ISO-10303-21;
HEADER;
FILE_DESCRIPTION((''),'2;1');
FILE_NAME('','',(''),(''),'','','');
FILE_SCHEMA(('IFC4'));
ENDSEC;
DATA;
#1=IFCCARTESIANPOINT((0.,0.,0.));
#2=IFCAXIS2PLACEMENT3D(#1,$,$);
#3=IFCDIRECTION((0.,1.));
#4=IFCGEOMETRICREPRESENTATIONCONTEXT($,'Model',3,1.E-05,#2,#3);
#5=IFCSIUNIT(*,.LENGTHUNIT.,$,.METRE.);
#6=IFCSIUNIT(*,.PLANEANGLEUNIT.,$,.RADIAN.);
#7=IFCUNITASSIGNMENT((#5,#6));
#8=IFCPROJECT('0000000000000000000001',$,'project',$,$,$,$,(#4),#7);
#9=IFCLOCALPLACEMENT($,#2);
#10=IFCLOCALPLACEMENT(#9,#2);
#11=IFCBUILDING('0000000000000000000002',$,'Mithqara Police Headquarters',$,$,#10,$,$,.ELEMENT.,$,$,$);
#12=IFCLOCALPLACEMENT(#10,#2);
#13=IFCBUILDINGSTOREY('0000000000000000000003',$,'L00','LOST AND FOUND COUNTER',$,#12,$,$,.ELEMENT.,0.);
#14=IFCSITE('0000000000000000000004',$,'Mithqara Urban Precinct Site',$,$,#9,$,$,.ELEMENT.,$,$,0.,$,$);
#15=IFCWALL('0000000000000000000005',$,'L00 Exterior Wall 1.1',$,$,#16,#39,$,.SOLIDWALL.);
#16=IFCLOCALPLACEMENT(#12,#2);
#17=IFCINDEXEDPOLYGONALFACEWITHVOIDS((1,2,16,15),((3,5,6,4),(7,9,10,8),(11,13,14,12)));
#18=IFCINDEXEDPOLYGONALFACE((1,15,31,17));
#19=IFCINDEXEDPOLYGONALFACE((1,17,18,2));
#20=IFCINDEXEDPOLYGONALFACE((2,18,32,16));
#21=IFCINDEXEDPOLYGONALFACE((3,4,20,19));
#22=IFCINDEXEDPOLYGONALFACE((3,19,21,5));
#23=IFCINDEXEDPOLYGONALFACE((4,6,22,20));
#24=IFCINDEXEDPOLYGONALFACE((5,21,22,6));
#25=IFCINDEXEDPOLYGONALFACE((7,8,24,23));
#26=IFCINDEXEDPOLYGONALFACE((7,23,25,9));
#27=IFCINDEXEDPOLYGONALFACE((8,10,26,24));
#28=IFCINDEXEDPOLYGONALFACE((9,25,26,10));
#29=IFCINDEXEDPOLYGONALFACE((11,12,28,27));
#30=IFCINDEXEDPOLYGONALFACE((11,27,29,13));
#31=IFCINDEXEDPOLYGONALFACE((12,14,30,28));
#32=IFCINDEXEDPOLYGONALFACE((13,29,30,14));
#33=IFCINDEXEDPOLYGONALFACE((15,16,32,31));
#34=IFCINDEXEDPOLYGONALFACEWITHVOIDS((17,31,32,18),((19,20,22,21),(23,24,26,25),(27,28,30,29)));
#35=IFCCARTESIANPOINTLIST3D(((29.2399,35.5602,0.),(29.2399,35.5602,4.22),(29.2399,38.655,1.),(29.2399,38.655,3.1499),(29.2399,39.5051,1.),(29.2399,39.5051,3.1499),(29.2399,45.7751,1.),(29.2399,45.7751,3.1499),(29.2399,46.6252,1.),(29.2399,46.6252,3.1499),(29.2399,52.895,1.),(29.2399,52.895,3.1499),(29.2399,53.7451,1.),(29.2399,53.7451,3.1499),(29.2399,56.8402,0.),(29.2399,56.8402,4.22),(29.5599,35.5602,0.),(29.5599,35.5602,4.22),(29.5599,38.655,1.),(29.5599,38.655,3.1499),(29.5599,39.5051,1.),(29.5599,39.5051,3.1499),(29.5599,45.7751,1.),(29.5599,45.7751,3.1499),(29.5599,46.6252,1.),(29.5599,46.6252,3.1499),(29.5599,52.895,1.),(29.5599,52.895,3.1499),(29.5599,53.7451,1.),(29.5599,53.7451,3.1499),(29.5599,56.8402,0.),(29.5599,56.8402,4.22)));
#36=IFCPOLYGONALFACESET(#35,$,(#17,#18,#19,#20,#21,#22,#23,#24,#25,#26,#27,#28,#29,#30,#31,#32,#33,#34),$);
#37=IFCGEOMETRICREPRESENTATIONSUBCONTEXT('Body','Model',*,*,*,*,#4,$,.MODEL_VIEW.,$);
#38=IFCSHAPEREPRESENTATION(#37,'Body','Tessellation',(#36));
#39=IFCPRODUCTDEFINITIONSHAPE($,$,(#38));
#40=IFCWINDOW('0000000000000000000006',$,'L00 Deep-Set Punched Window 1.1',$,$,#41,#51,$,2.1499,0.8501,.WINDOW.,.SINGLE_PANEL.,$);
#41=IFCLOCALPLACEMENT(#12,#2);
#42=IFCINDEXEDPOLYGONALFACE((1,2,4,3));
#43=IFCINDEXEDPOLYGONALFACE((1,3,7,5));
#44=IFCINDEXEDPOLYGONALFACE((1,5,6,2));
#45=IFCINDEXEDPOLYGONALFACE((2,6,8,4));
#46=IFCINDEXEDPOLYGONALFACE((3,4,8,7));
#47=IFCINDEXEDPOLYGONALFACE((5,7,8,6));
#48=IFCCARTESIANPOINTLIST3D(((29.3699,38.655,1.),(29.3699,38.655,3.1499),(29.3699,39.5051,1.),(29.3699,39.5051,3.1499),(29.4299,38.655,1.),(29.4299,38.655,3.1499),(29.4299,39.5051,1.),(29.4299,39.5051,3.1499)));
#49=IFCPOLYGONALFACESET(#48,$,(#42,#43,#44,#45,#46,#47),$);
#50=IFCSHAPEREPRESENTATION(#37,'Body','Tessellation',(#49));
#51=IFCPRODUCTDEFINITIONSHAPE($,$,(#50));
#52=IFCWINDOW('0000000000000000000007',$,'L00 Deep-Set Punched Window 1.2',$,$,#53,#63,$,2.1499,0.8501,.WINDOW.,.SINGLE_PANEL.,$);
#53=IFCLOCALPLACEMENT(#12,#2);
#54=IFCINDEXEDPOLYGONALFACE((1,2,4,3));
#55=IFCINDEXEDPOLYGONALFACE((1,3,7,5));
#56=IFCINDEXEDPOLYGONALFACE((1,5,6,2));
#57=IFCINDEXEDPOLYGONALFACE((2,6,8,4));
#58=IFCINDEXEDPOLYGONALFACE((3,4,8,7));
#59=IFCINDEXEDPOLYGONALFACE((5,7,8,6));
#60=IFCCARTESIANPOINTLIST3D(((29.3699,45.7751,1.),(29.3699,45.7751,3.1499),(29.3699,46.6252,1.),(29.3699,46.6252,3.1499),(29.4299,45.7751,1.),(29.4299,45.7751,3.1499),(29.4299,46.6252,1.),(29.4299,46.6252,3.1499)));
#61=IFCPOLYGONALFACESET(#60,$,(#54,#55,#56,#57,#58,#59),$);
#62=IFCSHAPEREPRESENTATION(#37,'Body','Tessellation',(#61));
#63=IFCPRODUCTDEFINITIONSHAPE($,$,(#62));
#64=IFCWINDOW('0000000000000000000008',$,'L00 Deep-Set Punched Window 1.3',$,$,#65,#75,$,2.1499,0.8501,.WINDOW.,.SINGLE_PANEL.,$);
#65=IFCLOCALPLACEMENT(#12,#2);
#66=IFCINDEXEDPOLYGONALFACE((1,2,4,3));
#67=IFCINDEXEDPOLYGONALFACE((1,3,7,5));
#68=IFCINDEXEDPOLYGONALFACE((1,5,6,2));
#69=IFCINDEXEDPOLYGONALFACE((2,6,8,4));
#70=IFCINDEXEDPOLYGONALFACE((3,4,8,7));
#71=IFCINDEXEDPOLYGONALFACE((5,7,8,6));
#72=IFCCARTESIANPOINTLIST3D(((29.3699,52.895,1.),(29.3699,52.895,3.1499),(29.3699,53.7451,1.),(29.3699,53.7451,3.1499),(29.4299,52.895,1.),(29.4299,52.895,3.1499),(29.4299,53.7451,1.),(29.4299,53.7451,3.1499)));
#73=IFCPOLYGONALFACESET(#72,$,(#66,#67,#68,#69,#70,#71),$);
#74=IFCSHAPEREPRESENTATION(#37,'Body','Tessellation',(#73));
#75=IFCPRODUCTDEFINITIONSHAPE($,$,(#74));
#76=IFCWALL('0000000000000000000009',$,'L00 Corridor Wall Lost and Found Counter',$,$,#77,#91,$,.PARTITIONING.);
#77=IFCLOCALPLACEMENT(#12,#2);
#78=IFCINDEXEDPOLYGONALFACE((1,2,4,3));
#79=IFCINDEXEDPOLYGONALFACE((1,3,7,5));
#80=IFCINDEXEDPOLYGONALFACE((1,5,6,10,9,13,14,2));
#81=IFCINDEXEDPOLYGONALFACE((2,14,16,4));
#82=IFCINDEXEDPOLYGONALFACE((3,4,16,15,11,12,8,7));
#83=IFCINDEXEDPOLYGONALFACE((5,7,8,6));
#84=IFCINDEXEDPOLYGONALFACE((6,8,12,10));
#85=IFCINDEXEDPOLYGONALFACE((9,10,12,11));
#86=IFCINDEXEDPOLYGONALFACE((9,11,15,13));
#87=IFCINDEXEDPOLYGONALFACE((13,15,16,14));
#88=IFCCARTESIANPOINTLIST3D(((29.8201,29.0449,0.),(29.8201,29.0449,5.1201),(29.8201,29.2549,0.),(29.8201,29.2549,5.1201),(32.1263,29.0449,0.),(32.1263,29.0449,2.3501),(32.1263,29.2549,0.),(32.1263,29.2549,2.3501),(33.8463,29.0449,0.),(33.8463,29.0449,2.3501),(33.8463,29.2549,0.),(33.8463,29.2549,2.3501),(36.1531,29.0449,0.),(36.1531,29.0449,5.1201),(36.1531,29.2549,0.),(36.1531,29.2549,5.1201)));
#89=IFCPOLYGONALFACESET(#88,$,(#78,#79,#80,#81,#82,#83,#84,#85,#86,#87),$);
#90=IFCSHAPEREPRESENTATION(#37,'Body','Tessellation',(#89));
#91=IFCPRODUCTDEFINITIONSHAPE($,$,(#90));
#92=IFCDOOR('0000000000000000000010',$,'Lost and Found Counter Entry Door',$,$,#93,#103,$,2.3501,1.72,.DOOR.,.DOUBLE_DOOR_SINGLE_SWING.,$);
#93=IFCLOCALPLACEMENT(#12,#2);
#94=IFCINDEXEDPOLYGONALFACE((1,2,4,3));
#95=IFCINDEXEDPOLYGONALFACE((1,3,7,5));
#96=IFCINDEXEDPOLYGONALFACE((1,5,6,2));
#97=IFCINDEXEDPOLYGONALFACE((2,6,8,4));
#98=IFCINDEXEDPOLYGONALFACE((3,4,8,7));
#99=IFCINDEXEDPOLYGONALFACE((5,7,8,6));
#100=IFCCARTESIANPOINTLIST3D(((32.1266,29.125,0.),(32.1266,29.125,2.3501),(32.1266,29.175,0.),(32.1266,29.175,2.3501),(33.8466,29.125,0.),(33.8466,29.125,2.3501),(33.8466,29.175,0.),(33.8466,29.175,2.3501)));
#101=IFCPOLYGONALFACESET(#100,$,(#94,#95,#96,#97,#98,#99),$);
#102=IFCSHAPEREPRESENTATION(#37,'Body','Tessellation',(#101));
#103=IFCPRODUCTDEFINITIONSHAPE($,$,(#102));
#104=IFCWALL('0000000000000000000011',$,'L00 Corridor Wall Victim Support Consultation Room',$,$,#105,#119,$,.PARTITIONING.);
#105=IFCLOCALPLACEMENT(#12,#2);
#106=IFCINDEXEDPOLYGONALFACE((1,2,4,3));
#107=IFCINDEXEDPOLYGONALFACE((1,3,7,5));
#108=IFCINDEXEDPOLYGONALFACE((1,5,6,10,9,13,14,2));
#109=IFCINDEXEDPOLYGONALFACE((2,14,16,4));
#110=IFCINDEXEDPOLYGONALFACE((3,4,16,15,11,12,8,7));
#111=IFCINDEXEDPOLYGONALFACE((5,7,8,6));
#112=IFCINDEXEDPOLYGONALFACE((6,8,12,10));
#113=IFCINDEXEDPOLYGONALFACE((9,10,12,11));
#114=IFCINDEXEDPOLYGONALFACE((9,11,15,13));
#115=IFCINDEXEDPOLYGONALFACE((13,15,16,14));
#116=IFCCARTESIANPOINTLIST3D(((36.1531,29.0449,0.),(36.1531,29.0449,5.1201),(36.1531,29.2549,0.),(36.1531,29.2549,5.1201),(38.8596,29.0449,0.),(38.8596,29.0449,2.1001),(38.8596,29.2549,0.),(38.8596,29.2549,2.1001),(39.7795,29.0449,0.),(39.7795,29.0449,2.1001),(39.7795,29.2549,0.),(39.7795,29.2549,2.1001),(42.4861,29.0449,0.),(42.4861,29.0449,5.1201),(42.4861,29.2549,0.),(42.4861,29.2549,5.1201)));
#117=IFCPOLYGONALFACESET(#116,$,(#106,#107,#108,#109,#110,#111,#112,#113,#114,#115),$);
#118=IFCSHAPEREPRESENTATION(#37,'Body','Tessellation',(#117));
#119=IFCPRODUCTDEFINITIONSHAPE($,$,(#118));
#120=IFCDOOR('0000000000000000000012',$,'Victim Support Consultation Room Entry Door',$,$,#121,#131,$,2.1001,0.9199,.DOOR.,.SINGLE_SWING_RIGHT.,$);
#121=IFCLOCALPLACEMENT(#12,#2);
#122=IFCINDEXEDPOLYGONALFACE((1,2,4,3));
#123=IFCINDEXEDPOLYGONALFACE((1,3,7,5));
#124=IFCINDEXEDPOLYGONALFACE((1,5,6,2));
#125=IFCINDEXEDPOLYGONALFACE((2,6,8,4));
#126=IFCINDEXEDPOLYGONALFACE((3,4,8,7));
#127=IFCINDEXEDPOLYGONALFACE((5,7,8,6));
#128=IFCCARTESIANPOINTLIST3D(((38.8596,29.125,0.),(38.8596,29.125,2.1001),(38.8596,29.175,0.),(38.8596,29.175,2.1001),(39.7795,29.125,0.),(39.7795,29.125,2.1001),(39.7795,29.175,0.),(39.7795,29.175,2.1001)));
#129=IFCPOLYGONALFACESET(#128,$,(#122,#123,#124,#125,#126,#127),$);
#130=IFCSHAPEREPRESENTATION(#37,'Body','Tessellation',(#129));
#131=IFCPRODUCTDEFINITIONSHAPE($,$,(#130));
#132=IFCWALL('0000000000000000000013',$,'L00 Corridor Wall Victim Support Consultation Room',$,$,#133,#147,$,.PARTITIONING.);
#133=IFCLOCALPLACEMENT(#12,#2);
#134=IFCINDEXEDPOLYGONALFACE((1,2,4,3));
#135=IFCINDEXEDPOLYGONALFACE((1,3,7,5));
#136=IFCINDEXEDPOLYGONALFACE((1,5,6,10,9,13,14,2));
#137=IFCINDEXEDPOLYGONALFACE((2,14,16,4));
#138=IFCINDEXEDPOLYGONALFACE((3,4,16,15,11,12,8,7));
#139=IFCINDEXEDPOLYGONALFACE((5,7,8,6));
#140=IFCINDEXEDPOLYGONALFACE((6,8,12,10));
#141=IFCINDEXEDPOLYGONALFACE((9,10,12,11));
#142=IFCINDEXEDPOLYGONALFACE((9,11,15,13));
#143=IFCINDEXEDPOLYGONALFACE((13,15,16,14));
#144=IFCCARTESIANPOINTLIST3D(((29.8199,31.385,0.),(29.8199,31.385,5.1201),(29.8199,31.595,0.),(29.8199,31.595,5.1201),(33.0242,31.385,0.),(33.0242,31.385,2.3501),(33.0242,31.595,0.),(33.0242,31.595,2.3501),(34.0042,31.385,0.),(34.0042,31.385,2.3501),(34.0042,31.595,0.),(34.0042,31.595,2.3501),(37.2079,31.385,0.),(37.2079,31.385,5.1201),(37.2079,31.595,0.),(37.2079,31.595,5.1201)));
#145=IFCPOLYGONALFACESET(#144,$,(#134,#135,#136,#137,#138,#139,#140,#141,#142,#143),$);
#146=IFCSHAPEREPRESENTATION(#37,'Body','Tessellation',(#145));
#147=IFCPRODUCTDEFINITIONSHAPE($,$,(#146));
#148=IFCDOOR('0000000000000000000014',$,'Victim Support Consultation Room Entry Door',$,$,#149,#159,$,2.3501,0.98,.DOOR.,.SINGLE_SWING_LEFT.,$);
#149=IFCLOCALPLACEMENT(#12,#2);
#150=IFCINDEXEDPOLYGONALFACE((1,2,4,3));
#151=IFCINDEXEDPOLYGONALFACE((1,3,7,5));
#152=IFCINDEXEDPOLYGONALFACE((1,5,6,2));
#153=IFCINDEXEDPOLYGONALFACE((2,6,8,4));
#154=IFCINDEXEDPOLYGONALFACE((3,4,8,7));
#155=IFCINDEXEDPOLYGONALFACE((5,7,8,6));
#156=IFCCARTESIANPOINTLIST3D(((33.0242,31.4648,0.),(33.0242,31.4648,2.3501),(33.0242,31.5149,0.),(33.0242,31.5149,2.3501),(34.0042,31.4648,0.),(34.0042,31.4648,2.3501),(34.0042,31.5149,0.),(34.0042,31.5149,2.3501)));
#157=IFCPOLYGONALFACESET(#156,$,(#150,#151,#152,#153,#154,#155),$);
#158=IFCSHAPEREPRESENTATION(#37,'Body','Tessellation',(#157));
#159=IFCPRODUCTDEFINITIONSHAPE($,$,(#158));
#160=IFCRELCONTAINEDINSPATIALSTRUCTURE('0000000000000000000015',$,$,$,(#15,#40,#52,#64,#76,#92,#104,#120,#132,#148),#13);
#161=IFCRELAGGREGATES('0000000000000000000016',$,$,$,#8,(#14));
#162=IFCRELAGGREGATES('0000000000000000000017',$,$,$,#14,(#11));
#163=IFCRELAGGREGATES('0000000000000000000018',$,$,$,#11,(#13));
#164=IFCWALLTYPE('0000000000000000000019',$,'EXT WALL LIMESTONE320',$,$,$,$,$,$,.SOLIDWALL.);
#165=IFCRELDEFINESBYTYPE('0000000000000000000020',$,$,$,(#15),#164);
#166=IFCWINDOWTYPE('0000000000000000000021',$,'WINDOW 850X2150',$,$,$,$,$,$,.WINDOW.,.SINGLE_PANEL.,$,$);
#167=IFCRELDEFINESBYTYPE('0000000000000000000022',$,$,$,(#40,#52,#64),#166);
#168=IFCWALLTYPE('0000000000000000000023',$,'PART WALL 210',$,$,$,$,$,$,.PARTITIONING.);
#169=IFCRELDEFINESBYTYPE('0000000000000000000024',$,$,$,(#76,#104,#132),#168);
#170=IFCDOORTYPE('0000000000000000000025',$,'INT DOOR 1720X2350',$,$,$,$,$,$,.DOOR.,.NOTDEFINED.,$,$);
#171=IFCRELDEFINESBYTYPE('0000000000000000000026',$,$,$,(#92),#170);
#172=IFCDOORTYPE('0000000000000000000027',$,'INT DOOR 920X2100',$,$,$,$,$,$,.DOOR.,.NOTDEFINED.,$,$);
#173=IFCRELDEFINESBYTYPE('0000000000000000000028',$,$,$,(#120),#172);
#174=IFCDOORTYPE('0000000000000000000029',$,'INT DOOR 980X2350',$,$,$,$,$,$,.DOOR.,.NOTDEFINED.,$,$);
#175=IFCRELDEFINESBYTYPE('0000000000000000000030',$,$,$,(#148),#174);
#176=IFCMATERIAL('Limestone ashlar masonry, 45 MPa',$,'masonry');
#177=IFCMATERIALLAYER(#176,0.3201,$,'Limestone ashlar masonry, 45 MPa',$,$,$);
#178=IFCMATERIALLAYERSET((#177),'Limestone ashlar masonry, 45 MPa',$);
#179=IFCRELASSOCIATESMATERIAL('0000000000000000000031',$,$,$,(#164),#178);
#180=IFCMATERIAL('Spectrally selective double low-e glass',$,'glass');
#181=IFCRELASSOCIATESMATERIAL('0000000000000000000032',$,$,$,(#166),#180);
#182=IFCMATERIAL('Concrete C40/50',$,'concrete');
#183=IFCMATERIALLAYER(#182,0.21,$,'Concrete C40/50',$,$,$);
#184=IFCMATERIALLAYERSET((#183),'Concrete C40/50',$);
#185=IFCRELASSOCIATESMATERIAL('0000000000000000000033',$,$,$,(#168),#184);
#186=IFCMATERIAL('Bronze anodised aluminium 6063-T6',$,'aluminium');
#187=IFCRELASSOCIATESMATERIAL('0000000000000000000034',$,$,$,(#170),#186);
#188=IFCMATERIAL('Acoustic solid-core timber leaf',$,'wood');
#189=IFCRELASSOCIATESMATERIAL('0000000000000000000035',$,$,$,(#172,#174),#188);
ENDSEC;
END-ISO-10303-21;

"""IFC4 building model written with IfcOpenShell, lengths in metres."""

from ifc_helpers import new_model, si_unit, direction, frame, frame_2d, origin, place, context, subcontext, project, spatial, rectangle, extrude, material, layer, layer_set, type_object, element, fill, save


model = new_model("IFC4")

# Units and contexts
model_context = context("Model", 3, precision=1e-05, world=origin(), true_north=direction((0.0, 1.0)))
body_context = subcontext(model_context, "Body", "Model", "MODEL_VIEW")
ifc_project = project(units=[si_unit("LENGTHUNIT", "METRE"), si_unit("PLANEANGLEUNIT", "RADIAN")], contexts=[model_context])

# Site, building, storey
site_placement = place(None, origin())
site = spatial("IfcSite", under=ifc_project, at=site_placement, Name="Mithqara Urban Precinct Site", CompositionType="ELEMENT", RefElevation=0.0)
building_placement = place(site_placement, origin())
building = spatial("IfcBuilding", under=site, at=building_placement, Name="Mithqara Police Headquarters", CompositionType="ELEMENT")
storey_placement = place(building_placement, origin())
storey = spatial("IfcBuildingStorey", under=building, at=storey_placement, Name="L00", Description="LOST AND FOUND COUNTER", CompositionType="ELEMENT", Elevation=0.0)

# Shared definitions
ifc_material_1 = material(Name="Concrete C40/50", Category="concrete")

# Wall, openings, windows
ifc_material_2 = material(Name="Limestone ashlar masonry, 45 MPa", Category="masonry")
ifc_layer_1 = layer(ifc_material_2, 0.3201, Name="Limestone ashlar masonry, 45 MPa")
ifc_layer_set_1 = layer_set([ifc_layer_1], Name="Limestone ashlar masonry, 45 MPa")
wall_type_1 = type_object("IfcWallType", Name="EXT WALL LIMESTONE320", PredefinedType="SOLIDWALL", material=ifc_layer_set_1)
wall_1_placement = place(storey_placement, frame((29.3999, 35.5601, 0.0), z_axis=(0.0, 0.0, 1.0), x_axis=(0.0, 1.0, 0.0)))
wall_1 = element("IfcWall", 1, at=wall_1_placement, inside=storey, type_object=wall_type_1, Name="L00 Exterior Wall 1.1", PredefinedType="SOLIDWALL", context=body_context, shape_type="SweptSolid", body=[
    extrude(rectangle(XDim=21.28, YDim=0.3201, at=frame_2d((10.6401, 0.0))), origin(), (0.0, 0.0, 1.0), 4.22),
])
opening_1_placement = place(wall_1_placement, frame((3.095, 0.0, 1.0)))
opening_1 = element("IfcOpeningElement", 2, at=opening_1_placement, cuts=wall_1, PredefinedType="OPENING", context=body_context, shape_type="SweptSolid", body=[
    extrude(rectangle(XDim=0.8501, YDim=2.1499, at=frame_2d((0.425, 1.075))), frame((0.0, 0.1699, 0.0), z_axis=(0.0, -1.0, 0.0), x_axis=(1.0, 0.0, 0.0)), (0.0, 0.0, 1.0), 0.3401),
])
opening_2_placement = place(wall_1_placement, frame((10.2151, 0.0, 1.0)))
opening_2 = element("IfcOpeningElement", 3, at=opening_2_placement, cuts=wall_1, PredefinedType="OPENING", context=body_context, shape_type="SweptSolid", body=[
    extrude(rectangle(XDim=0.8501, YDim=2.1499, at=frame_2d((0.425, 1.075))), frame((0.0, 0.1699, 0.0), z_axis=(0.0, -1.0, 0.0), x_axis=(1.0, 0.0, 0.0)), (0.0, 0.0, 1.0), 0.3401),
])
opening_3_placement = place(wall_1_placement, frame((17.335, 0.0, 1.0)))
opening_3 = element("IfcOpeningElement", 4, at=opening_3_placement, cuts=wall_1, PredefinedType="OPENING", context=body_context, shape_type="SweptSolid", body=[
    extrude(rectangle(XDim=0.8501, YDim=2.1499, at=frame_2d((0.425, 1.075))), frame((0.0, 0.1699, 0.0), z_axis=(0.0, -1.0, 0.0), x_axis=(1.0, 0.0, 0.0)), (0.0, 0.0, 1.0), 0.3401),
])
ifc_material_3 = material(Name="Spectrally selective double low-e glass", Category="glass")
window_type = type_object("IfcWindowType", Name="WINDOW 850X2150", PartitioningType="SINGLE_PANEL", PredefinedType="WINDOW", material=ifc_material_3)
window_1_placement = place(opening_1_placement, origin())
window_1 = element("IfcWindow", 5, at=window_1_placement, inside=storey, type_object=window_type, Name="L00 Deep-Set Punched Window 1.1", OverallHeight=2.1499, OverallWidth=0.8501, PartitioningType="SINGLE_PANEL", PredefinedType="WINDOW", context=body_context, shape_type="SweptSolid", body=[
    extrude(rectangle(XDim=0.8501, YDim=2.1499, at=frame_2d((0.425, 1.075))), frame((0.0, 0.03, 0.0), z_axis=(0.0, -1.0, 0.0), x_axis=(1.0, 0.0, 0.0)), (0.0, 0.0, 1.0), 0.0601),
])
fill(opening_1, window_1)
window_2_placement = place(opening_2_placement, origin())
window_2 = element("IfcWindow", 6, at=window_2_placement, inside=storey, type_object=window_type, Name="L00 Deep-Set Punched Window 1.2", OverallHeight=2.1499, OverallWidth=0.8501, PartitioningType="SINGLE_PANEL", PredefinedType="WINDOW", context=body_context, shape_type="SweptSolid", body=[
    extrude(rectangle(XDim=0.8501, YDim=2.1499, at=frame_2d((0.425, 1.075))), frame((0.0, 0.03, 0.0), z_axis=(0.0, -1.0, 0.0), x_axis=(1.0, 0.0, 0.0)), (0.0, 0.0, 1.0), 0.0601),
])
fill(opening_2, window_2)
window_3_placement = place(opening_3_placement, origin())
window_3 = element("IfcWindow", 7, at=window_3_placement, inside=storey, type_object=window_type, Name="L00 Deep-Set Punched Window 1.3", OverallHeight=2.1499, OverallWidth=0.8501, PartitioningType="SINGLE_PANEL", PredefinedType="WINDOW", context=body_context, shape_type="SweptSolid", body=[
    extrude(rectangle(XDim=0.8501, YDim=2.1499, at=frame_2d((0.425, 1.075))), frame((0.0, 0.03, 0.0), z_axis=(0.0, -1.0, 0.0), x_axis=(1.0, 0.0, 0.0)), (0.0, 0.0, 1.0), 0.0601),
])
fill(opening_3, window_3)

# Walls, openings, doors
ifc_layer_2 = layer(ifc_material_1, 0.21, Name="Concrete C40/50")
ifc_layer_set_2 = layer_set([ifc_layer_2], Name="Concrete C40/50")
wall_type_2 = type_object("IfcWallType", Name="PART WALL 210", PredefinedType="PARTITIONING", material=ifc_layer_set_2)
wall_2_placement = place(storey_placement, frame((29.8201, 29.1499, 0.0), z_axis=(0.0, 0.0, 1.0), x_axis=(1.0, 0.0, 0.0)))
wall_2 = element("IfcWall", 8, at=wall_2_placement, inside=storey, type_object=wall_type_2, Name="L00 Corridor Wall Lost and Found Counter", PredefinedType="PARTITIONING", context=body_context, shape_type="SweptSolid", body=[
    extrude(rectangle(XDim=6.333, YDim=0.21, at=frame_2d((3.1665, 0.0))), origin(), (0.0, 0.0, 1.0), 5.1201),
])
opening_4_placement = place(wall_2_placement, frame((2.3064, 0.0, 0.0)))
opening_4 = element("IfcOpeningElement", 9, at=opening_4_placement, cuts=wall_2, PredefinedType="OPENING", context=body_context, shape_type="SweptSolid", body=[
    extrude(rectangle(XDim=1.72, YDim=2.3501, at=frame_2d((0.8599, 1.175))), frame((0.0, 0.115, 0.0), z_axis=(0.0, -1.0, 0.0), x_axis=(1.0, 0.0, 0.0)), (0.0, 0.0, 1.0), 0.23),
])
ifc_material_4 = material(Name="Bronze anodised aluminium 6063-T6", Category="aluminium")
door_type_1 = type_object("IfcDoorType", Name="INT DOOR 1720X2350", OperationType="NOTDEFINED", PredefinedType="DOOR", material=ifc_material_4)
door_1_placement = place(opening_4_placement, frame((1.72, 0.0, 0.0), z_axis=(0.0, 0.0, 1.0), x_axis=(-1.0, 0.0, 0.0)))
door_1 = element("IfcDoor", 10, at=door_1_placement, inside=storey, type_object=door_type_1, Name="Lost and Found Counter Entry Door", OperationType="DOUBLE_DOOR_SINGLE_SWING", OverallHeight=2.3501, OverallWidth=1.72, PredefinedType="DOOR", context=body_context, shape_type="SweptSolid", body=[
    extrude(rectangle(XDim=1.72, YDim=2.3501, at=frame_2d((0.8599, 1.175))), frame((0.0, 0.0249, 0.0), z_axis=(0.0, -1.0, 0.0), x_axis=(1.0, 0.0, 0.0)), (0.0, 0.0, 1.0), 0.05),
])
fill(opening_4, door_1)
wall_3_placement = place(storey_placement, frame((36.1531, 29.1499, 0.0), z_axis=(0.0, 0.0, 1.0), x_axis=(1.0, 0.0, 0.0)))
wall_3 = element("IfcWall", 11, at=wall_3_placement, inside=storey, type_object=wall_type_2, Name="L00 Corridor Wall Victim Support Consultation Room", PredefinedType="PARTITIONING", context=body_context, shape_type="SweptSolid", body=[
    extrude(rectangle(XDim=6.333, YDim=0.21, at=frame_2d((3.1665, 0.0))), origin(), (0.0, 0.0, 1.0), 5.1201),
])
opening_5_placement = place(wall_3_placement, frame((2.7065, 0.0, 0.0)))
opening_5 = element("IfcOpeningElement", 12, at=opening_5_placement, cuts=wall_3, PredefinedType="OPENING", context=body_context, shape_type="SweptSolid", body=[
    extrude(rectangle(XDim=0.9199, YDim=2.1001, at=frame_2d((0.46, 1.05))), frame((0.0, 0.115, 0.0), z_axis=(0.0, -1.0, 0.0), x_axis=(1.0, 0.0, 0.0)), (0.0, 0.0, 1.0), 0.23),
])
ifc_material_5 = material(Name="Acoustic solid-core timber leaf", Category="wood")
door_type_2 = type_object("IfcDoorType", Name="INT DOOR 920X2100", OperationType="NOTDEFINED", PredefinedType="DOOR", material=ifc_material_5)
door_2_placement = place(opening_5_placement, frame((0.9199, 0.0, 0.0), z_axis=(0.0, 0.0, 1.0), x_axis=(-1.0, 0.0, 0.0)))
door_2 = element("IfcDoor", 13, at=door_2_placement, inside=storey, type_object=door_type_2, Name="Victim Support Consultation Room Entry Door", OperationType="SINGLE_SWING_RIGHT", OverallHeight=2.1001, OverallWidth=0.9199, PredefinedType="DOOR", context=body_context, shape_type="SweptSolid", body=[
    extrude(rectangle(XDim=0.9199, YDim=2.1001, at=frame_2d((0.46, 1.05))), frame((0.0, 0.0249, 0.0), z_axis=(0.0, -1.0, 0.0), x_axis=(1.0, 0.0, 0.0)), (0.0, 0.0, 1.0), 0.05),
])
fill(opening_5, door_2)
wall_4_placement = place(storey_placement, frame((29.8201, 31.49, 0.0), z_axis=(0.0, 0.0, 1.0), x_axis=(1.0, 0.0, 0.0)))
wall_4 = element("IfcWall", 14, at=wall_4_placement, inside=storey, type_object=wall_type_2, Name="L00 Corridor Wall Victim Support Consultation Room", PredefinedType="PARTITIONING", context=body_context, shape_type="SweptSolid", body=[
    extrude(rectangle(XDim=7.3879, YDim=0.21, at=frame_2d((3.6938, 0.0))), origin(), (0.0, 0.0, 1.0), 5.1201),
])
opening_6_placement = place(wall_4_placement, frame((3.2041, 0.0, 0.0)))
opening_6 = element("IfcOpeningElement", 15, at=opening_6_placement, cuts=wall_4, PredefinedType="OPENING", context=body_context, shape_type="SweptSolid", body=[
    extrude(rectangle(XDim=0.98, YDim=2.3501, at=frame_2d((0.49, 1.175))), frame((0.0, 0.115, 0.0), z_axis=(0.0, -1.0, 0.0), x_axis=(1.0, 0.0, 0.0)), (0.0, 0.0, 1.0), 0.23),
])
door_type_3 = type_object("IfcDoorType", Name="INT DOOR 980X2350", OperationType="NOTDEFINED", PredefinedType="DOOR", material=ifc_material_5)
door_3_placement = place(opening_6_placement, origin())
door_3 = element("IfcDoor", 16, at=door_3_placement, inside=storey, type_object=door_type_3, Name="Victim Support Consultation Room Entry Door", OperationType="SINGLE_SWING_LEFT", OverallHeight=2.3501, OverallWidth=0.98, PredefinedType="DOOR", context=body_context, shape_type="SweptSolid", body=[
    extrude(rectangle(XDim=0.98, YDim=2.3501, at=frame_2d((0.49, 1.175))), frame((0.0, 0.0249, 0.0), z_axis=(0.0, -1.0, 0.0), x_axis=(1.0, 0.0, 0.0)), (0.0, 0.0, 1.0), 0.05),
])
fill(opening_6, door_3)

save(model, "model.ifc")
